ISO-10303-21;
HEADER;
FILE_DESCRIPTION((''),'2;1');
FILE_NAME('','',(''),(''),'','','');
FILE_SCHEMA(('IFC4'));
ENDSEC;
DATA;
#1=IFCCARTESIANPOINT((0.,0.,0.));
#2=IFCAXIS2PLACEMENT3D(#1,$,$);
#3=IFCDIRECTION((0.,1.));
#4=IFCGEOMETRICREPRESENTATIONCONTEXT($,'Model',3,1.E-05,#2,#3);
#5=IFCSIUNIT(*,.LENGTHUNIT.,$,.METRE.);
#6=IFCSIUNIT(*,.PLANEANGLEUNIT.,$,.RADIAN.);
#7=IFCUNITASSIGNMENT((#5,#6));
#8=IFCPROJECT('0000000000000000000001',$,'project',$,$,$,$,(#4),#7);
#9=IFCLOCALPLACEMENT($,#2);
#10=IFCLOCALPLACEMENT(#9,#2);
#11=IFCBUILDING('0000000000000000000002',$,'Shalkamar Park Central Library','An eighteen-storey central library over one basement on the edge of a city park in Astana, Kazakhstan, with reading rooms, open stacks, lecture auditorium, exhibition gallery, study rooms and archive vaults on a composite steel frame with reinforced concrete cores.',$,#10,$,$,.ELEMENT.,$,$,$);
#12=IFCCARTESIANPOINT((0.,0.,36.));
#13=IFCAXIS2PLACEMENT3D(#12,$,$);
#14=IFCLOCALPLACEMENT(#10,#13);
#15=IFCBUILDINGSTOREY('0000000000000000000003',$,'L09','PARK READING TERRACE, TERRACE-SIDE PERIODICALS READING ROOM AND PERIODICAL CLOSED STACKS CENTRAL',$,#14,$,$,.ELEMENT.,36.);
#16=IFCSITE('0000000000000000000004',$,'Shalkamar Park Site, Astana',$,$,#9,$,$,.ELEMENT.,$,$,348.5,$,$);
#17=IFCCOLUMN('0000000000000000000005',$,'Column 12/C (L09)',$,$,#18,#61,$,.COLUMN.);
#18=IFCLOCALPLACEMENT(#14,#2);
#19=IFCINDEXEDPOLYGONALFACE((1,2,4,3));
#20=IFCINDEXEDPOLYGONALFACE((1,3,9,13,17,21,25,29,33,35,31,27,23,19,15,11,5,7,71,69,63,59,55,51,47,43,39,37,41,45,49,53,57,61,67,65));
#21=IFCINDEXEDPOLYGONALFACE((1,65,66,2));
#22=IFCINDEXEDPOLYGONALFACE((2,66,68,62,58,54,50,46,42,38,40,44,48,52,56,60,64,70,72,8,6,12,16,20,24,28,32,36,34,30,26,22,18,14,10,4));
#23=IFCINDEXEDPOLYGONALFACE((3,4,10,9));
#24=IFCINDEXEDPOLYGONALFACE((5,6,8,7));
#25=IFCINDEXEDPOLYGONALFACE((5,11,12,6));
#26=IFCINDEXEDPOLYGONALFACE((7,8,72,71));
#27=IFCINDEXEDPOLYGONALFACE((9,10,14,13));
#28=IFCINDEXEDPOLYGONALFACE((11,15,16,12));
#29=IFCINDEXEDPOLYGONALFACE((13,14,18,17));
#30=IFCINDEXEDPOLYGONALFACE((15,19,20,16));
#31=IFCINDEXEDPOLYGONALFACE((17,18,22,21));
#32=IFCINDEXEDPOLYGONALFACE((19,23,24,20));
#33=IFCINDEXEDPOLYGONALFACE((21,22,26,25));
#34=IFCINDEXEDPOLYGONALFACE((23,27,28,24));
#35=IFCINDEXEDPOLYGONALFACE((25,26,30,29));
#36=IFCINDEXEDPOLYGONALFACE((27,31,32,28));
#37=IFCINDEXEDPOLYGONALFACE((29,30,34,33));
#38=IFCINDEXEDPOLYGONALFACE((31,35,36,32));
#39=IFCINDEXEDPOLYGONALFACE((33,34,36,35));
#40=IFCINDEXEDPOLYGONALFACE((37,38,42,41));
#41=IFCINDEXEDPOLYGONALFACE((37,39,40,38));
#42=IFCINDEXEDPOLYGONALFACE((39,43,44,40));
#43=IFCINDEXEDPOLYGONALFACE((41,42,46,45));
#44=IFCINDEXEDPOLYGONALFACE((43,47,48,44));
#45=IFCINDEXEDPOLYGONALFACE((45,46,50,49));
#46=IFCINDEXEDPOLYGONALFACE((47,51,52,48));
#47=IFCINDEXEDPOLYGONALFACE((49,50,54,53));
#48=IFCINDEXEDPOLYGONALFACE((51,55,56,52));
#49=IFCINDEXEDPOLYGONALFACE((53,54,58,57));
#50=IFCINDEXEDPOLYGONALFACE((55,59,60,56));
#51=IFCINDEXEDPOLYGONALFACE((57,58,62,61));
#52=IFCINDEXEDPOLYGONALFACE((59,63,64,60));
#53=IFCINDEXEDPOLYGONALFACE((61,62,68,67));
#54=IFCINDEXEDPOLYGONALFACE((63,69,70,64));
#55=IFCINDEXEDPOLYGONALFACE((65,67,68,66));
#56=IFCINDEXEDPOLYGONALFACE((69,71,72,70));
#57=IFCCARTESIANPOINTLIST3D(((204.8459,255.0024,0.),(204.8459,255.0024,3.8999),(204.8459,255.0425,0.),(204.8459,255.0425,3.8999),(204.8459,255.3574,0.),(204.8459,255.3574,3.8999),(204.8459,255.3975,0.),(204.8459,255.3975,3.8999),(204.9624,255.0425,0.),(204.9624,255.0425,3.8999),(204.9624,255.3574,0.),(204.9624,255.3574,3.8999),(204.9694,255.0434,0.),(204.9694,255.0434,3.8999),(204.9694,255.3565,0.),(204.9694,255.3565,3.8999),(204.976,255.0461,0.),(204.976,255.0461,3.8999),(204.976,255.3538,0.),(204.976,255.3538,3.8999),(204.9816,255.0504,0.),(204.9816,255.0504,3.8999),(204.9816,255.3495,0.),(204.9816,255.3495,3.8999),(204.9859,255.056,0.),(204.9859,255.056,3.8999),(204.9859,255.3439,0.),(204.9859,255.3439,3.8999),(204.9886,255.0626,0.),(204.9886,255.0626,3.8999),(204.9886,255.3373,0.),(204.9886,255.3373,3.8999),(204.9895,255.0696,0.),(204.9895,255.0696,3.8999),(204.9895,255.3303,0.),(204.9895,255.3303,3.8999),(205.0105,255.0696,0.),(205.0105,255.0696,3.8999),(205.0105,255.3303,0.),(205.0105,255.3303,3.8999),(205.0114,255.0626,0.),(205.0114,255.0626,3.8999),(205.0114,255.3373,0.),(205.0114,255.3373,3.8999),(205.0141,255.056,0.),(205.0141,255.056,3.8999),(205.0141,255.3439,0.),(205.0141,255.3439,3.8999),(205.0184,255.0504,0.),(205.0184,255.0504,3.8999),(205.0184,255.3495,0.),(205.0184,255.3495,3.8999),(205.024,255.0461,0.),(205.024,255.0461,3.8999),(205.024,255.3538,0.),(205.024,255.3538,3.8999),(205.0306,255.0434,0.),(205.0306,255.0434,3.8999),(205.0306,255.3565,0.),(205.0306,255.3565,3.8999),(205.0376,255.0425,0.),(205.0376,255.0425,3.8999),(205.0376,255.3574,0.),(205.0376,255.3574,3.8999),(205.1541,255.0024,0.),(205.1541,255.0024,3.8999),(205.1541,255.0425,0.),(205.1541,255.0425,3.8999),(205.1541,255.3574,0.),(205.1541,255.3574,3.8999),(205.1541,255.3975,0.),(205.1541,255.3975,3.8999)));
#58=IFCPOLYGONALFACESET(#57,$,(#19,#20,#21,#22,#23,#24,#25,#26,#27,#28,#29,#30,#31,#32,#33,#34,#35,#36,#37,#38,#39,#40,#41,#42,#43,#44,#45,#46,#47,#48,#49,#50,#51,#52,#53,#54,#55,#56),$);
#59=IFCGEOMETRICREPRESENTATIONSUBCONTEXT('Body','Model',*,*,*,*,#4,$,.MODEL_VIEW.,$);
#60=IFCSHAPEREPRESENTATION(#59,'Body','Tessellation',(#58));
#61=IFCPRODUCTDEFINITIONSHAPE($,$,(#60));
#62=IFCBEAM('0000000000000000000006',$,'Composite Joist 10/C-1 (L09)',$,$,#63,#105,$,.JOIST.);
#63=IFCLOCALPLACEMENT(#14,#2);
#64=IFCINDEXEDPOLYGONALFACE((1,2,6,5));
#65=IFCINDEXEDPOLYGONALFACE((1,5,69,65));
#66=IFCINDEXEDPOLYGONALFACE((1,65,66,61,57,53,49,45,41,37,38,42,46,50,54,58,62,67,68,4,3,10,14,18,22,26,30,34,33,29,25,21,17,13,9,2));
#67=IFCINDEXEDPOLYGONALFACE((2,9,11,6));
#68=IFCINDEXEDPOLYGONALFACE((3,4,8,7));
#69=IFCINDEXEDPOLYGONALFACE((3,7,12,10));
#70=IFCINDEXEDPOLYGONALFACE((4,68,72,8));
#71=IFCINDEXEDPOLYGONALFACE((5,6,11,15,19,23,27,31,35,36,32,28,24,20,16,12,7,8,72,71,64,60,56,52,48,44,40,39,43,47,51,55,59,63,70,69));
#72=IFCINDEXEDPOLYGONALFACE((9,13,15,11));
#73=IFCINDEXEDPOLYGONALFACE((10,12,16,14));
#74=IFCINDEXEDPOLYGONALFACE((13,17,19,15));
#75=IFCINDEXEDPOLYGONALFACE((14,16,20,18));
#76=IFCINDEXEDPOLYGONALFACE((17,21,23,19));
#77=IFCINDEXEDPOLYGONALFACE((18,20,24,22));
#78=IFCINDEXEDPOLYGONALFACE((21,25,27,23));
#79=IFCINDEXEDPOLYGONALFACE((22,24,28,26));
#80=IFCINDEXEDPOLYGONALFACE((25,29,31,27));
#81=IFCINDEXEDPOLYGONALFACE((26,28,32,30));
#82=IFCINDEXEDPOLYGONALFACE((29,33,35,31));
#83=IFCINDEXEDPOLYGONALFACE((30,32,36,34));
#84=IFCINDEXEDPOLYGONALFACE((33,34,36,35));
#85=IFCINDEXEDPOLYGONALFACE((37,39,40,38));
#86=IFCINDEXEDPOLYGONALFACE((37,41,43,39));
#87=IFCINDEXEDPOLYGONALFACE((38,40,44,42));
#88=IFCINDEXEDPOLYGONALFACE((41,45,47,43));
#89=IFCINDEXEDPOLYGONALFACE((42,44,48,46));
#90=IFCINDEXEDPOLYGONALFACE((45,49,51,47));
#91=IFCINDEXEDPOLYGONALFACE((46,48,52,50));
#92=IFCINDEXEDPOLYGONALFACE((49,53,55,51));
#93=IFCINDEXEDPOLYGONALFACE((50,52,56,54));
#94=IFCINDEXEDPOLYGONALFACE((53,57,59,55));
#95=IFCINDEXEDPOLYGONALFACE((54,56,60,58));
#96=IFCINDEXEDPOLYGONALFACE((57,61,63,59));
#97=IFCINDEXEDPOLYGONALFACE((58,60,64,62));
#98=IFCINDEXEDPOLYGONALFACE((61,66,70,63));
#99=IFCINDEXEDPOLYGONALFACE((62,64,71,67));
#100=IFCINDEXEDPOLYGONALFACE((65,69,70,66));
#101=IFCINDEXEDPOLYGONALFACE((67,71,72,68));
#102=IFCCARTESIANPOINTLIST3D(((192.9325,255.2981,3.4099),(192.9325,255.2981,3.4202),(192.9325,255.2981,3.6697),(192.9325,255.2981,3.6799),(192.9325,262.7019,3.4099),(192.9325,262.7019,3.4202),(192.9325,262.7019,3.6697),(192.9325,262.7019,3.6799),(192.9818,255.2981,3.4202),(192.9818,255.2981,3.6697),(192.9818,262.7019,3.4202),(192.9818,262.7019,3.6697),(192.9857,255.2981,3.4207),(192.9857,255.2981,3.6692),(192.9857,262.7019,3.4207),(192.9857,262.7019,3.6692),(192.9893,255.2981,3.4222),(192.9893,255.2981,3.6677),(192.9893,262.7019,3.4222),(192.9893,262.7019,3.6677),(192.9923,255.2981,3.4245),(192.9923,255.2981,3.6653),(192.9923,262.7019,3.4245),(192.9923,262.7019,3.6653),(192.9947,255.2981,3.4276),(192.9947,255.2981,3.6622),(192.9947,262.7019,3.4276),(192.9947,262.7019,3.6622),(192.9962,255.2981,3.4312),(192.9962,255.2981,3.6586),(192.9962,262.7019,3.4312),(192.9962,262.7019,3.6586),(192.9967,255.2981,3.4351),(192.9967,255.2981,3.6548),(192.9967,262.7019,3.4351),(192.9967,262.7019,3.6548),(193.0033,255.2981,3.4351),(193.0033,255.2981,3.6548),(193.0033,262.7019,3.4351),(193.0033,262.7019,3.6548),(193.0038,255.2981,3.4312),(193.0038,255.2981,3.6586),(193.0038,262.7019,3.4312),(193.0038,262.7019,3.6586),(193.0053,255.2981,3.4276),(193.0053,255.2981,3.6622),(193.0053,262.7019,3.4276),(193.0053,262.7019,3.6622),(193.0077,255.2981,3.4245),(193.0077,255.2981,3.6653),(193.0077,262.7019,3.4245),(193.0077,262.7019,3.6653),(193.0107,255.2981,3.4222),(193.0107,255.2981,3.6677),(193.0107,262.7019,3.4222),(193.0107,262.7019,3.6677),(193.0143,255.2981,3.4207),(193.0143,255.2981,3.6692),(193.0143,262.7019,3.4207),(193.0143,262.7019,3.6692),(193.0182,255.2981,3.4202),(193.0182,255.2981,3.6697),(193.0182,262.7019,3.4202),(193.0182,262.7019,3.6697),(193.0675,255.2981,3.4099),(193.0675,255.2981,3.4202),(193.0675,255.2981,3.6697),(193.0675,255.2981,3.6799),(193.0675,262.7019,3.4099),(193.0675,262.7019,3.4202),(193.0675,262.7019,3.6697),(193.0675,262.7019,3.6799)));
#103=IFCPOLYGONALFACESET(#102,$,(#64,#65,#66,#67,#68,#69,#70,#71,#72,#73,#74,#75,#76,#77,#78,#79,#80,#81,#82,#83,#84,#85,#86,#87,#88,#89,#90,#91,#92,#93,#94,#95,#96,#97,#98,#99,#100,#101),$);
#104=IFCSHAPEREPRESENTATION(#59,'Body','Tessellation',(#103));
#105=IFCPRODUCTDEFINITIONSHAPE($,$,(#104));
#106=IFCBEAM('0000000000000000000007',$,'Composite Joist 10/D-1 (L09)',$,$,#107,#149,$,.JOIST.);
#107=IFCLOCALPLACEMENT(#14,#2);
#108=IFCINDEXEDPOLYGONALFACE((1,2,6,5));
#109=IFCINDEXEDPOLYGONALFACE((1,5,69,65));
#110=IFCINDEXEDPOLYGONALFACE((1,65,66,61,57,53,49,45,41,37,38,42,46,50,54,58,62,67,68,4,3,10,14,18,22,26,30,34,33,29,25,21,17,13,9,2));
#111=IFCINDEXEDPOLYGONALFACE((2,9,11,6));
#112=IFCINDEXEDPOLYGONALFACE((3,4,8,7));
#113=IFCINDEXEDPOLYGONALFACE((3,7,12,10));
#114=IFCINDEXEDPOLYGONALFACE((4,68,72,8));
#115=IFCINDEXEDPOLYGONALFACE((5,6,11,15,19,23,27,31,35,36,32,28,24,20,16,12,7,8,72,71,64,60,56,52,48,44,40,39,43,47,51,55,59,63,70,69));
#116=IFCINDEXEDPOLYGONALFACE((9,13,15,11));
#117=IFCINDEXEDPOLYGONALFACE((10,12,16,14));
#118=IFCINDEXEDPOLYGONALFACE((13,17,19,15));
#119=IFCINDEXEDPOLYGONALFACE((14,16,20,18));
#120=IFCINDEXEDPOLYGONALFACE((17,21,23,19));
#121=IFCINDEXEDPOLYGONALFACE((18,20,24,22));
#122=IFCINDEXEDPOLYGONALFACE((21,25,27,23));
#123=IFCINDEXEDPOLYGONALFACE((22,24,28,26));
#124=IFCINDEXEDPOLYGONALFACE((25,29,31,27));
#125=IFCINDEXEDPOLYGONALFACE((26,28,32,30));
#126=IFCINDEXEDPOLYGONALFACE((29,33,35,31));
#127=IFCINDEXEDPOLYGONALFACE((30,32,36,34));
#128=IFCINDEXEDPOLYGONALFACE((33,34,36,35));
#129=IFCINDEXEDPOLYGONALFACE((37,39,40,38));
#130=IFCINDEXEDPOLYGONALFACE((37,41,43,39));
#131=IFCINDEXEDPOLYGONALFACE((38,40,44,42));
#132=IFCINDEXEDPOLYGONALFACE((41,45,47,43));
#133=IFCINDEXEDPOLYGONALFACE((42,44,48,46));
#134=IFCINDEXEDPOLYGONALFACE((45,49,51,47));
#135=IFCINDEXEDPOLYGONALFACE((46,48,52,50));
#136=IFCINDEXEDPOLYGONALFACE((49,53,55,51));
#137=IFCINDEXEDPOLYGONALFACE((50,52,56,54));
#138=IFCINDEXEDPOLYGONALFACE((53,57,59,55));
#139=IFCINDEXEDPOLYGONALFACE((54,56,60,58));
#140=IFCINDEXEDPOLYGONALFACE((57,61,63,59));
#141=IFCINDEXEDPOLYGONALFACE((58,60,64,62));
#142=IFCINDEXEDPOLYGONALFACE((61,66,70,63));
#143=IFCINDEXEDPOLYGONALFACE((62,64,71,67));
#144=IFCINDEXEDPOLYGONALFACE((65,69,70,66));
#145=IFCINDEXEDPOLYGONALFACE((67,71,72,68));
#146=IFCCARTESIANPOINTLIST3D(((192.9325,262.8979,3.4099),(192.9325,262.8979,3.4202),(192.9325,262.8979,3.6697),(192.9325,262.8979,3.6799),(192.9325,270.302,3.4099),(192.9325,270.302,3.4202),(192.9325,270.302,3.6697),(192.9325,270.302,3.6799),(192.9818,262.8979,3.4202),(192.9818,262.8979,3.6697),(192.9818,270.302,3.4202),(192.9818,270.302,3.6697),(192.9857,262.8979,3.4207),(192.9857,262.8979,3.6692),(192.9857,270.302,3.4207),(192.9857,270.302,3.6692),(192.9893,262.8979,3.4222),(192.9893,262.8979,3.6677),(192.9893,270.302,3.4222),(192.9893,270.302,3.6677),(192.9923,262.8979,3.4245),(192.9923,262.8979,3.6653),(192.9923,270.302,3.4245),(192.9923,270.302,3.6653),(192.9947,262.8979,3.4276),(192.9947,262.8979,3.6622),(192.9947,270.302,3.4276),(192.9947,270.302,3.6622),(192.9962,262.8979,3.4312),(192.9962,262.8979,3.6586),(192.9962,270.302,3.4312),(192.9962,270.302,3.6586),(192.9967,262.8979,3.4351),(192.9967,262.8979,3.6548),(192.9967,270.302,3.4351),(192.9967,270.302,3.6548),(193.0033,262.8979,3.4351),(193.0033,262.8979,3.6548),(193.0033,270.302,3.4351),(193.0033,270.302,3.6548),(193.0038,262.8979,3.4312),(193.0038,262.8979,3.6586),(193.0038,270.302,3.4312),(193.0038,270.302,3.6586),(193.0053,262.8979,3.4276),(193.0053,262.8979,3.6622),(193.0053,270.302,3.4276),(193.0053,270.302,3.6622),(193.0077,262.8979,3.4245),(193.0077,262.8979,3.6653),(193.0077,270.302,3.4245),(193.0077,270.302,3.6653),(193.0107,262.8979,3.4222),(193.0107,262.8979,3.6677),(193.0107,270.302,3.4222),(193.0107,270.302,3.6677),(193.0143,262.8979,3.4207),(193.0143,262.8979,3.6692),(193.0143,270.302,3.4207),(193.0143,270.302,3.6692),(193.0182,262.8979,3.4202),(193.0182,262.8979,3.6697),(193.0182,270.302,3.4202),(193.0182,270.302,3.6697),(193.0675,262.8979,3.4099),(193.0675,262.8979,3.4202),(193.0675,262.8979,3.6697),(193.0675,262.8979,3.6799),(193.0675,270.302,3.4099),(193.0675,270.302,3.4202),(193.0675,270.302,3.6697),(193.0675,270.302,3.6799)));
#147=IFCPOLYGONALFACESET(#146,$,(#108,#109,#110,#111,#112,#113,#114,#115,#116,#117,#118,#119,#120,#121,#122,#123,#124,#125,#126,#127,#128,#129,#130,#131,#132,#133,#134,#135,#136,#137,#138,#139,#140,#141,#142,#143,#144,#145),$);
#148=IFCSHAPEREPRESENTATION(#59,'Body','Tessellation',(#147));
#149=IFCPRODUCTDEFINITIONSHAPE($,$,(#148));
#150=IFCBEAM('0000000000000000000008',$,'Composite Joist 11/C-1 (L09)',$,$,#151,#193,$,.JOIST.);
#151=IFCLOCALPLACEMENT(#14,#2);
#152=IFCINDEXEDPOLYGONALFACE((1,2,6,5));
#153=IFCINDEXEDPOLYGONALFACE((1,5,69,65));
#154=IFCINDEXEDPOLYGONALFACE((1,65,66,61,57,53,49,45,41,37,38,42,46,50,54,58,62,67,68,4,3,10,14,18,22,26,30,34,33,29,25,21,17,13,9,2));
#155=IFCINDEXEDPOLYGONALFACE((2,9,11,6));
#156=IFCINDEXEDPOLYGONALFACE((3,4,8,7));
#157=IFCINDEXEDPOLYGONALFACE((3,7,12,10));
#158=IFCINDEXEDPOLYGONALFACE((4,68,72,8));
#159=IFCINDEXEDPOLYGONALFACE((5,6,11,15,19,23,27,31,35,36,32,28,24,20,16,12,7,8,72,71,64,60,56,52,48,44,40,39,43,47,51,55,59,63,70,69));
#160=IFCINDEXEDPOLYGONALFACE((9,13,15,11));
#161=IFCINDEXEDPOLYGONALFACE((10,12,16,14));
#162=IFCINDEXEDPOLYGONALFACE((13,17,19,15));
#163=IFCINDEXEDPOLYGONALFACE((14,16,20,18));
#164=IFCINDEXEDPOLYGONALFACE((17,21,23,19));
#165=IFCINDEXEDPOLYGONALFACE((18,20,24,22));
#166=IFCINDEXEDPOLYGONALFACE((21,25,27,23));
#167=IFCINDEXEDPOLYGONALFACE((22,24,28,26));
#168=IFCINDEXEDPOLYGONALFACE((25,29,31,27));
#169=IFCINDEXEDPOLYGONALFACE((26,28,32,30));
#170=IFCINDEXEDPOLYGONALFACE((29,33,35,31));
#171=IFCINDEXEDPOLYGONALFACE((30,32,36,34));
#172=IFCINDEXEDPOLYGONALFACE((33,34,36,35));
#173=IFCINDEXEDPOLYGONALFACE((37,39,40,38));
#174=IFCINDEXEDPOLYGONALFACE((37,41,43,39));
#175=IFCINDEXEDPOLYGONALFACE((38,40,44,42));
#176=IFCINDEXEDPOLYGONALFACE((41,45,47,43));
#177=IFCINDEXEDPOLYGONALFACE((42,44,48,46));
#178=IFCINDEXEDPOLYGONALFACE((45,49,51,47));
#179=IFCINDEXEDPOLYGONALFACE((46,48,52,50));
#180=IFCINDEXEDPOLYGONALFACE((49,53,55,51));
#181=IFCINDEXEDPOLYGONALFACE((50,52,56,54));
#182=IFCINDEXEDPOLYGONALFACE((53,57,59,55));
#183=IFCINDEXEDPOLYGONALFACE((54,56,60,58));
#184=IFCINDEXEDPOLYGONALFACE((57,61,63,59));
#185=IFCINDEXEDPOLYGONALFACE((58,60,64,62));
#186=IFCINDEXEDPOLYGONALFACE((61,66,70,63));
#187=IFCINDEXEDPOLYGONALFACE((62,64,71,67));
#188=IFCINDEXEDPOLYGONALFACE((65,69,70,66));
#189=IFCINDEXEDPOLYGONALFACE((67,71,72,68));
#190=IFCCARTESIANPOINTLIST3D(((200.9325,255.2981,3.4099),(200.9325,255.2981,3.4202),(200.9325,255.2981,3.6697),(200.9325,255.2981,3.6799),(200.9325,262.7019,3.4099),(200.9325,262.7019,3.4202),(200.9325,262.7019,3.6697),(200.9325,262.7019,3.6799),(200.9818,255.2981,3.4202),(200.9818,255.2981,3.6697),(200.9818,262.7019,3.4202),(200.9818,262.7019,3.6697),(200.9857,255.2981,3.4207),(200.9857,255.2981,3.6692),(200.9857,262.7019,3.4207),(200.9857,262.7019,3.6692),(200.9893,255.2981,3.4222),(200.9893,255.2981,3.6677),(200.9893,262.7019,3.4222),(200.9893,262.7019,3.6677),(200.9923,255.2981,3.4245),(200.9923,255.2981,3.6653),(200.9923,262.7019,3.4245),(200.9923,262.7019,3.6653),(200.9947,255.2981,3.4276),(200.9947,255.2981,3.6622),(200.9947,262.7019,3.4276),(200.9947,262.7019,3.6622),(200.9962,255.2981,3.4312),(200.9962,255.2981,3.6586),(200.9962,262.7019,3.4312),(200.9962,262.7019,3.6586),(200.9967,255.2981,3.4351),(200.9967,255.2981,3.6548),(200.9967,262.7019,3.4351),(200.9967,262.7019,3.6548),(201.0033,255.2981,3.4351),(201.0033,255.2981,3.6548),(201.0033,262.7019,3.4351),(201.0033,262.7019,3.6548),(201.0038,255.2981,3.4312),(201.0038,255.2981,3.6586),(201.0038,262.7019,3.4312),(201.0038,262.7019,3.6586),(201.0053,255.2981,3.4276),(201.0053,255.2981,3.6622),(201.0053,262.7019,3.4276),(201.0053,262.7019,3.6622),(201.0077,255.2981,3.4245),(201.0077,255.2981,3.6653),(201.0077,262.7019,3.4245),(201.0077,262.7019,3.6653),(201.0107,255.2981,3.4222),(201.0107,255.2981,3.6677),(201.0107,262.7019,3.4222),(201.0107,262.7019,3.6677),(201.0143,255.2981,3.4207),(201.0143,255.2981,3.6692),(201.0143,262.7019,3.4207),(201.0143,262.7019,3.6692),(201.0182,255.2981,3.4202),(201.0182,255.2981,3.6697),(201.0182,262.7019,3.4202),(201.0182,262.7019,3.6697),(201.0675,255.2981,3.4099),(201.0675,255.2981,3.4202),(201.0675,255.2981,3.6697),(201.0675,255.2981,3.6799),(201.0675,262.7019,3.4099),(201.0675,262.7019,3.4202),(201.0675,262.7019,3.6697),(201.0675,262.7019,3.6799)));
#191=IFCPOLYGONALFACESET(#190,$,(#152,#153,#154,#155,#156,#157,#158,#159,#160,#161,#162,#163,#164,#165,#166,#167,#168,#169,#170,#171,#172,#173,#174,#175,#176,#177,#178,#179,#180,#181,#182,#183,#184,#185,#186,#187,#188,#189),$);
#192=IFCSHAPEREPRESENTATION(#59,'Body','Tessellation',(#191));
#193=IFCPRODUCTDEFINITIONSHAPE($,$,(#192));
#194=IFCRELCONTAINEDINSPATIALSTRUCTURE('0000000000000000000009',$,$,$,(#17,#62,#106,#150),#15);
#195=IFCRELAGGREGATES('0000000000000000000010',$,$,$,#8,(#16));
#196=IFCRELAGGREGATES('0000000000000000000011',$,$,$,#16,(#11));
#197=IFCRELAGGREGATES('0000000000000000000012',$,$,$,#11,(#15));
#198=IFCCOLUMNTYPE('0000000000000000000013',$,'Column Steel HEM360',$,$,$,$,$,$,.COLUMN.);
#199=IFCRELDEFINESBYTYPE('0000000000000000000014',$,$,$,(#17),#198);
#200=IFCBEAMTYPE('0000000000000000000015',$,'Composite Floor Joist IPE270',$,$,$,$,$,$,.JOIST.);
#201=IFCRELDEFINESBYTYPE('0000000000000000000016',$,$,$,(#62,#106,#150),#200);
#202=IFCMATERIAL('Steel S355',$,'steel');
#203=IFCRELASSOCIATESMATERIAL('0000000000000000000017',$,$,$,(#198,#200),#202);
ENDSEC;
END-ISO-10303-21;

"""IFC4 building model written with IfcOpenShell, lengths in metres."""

from ifc_helpers import new_model, si_unit, direction, frame, origin, origin_2d, place, context, subcontext, project, spatial, i_section, extrude, material, material_profile, profile_set, type_object, element, save


model = new_model("IFC4")

# Units and contexts
model_context = context("Model", 3, precision=1e-05, world=origin(), true_north=direction((0.0, 1.0)))
body_context = subcontext(model_context, "Body", "Model", "MODEL_VIEW")
ifc_project = project(units=[si_unit("LENGTHUNIT", "METRE"), si_unit("PLANEANGLEUNIT", "RADIAN")], contexts=[model_context])

# Site, building, storey
site_placement = place(None, origin())
site = spatial("IfcSite", under=ifc_project, at=site_placement, Name="Shalkamar Park Site, Astana", CompositionType="ELEMENT", RefElevation=348.5)
building_placement = place(site_placement, origin())
building = spatial("IfcBuilding", under=site, at=building_placement, Name="Shalkamar Park Central Library", Description="An eighteen-storey central library over one basement on the edge of a city park in Astana, Kazakhstan, with reading rooms, open stacks, lecture auditorium, exhibition gallery, study rooms and archive vaults on a composite steel frame with reinforced concrete cores.", CompositionType="ELEMENT")
storey_placement = place(building_placement, frame((0.0, 0.0, 36.0)))
storey = spatial("IfcBuildingStorey", under=building, at=storey_placement, Name="L09", Description="PARK READING TERRACE, TERRACE-SIDE PERIODICALS READING ROOM AND PERIODICAL CLOSED STACKS CENTRAL", CompositionType="ELEMENT", Elevation=36.0)

# Column
ifc_material_1 = material(Name="Steel S355", Category="steel")
ifc_material_profile_1 = material_profile(ifc_material_1, i_section(OverallWidth=0.3081, OverallDepth=0.395, WebThickness=0.021, FlangeThickness=0.04, FilletRadius=0.0271, at=origin_2d()), Name="HEM 360")
ifc_profile_set_1 = profile_set([ifc_material_profile_1], Name="Steel S355")
column_type_1 = type_object("IfcColumnType", Name="Column Steel HEM360", PredefinedType="COLUMN", material=ifc_profile_set_1)
for number, where, z_axis, x_axis, name in (
    (1, (205.0, 255.2, 0.0), (0.0, 0.0, 1.0), (1.0, 0.0, 0.0), "Column 12/C (L09)"),
):
    element("IfcColumn", number, at=place(storey_placement, frame(where, z_axis=z_axis, x_axis=x_axis)), inside=storey, type_object=column_type_1, Name=name, PredefinedType="COLUMN", context=body_context, shape_type="SweptSolid", body=[
        extrude(i_section(OverallWidth=0.3081, OverallDepth=0.395, WebThickness=0.021, FlangeThickness=0.04, FilletRadius=0.0271, at=origin_2d()), origin(), (0.0, 0.0, 1.0), 3.8999),
    ])

# Beams
ifc_material_profile_2 = material_profile(ifc_material_1, i_section(OverallWidth=0.135, OverallDepth=0.27, WebThickness=0.0066, FlangeThickness=0.0103, FilletRadius=0.0149, at=origin_2d()), Name="IPE 270")
ifc_profile_set_2 = profile_set([ifc_material_profile_2], Name="Steel S355")
beam_type_1 = type_object("IfcBeamType", Name="Composite Floor Joist IPE270", PredefinedType="JOIST", material=ifc_profile_set_2)
beam_1_placement = place(storey_placement, frame((193.0, 255.2981, 3.5449), z_axis=(0.0, 1.0, 0.0), x_axis=(-1.0, 0.0, 0.0)))
element("IfcBeam", 2, at=beam_1_placement, inside=storey, type_object=beam_type_1, Name="Composite Joist 10/C-1 (L09)", PredefinedType="JOIST", context=body_context, shape_type="SweptSolid", body=[
    extrude(i_section(OverallWidth=0.135, OverallDepth=0.27, WebThickness=0.0066, FlangeThickness=0.0103, FilletRadius=0.0149, at=origin_2d()), origin(), (0.0, 0.0, 1.0), 7.4038),
])
beam_2_placement = place(storey_placement, frame((193.0, 262.8979, 3.5449), z_axis=(0.0, 1.0, 0.0), x_axis=(-1.0, 0.0, 0.0)))
element("IfcBeam", 3, at=beam_2_placement, inside=storey, type_object=beam_type_1, Name="Composite Joist 10/D-1 (L09)", PredefinedType="JOIST", context=body_context, shape_type="SweptSolid", body=[
    extrude(i_section(OverallWidth=0.135, OverallDepth=0.27, WebThickness=0.0066, FlangeThickness=0.0103, FilletRadius=0.0149, at=origin_2d()), origin(), (0.0, 0.0, 1.0), 7.4041),
])
beam_3_placement = place(storey_placement, frame((201.0, 255.2981, 3.5449), z_axis=(0.0, 1.0, 0.0), x_axis=(-1.0, 0.0, 0.0)))
element("IfcBeam", 4, at=beam_3_placement, inside=storey, type_object=beam_type_1, Name="Composite Joist 11/C-1 (L09)", PredefinedType="JOIST", context=body_context, shape_type="SweptSolid", body=[
    extrude(i_section(OverallWidth=0.135, OverallDepth=0.27, WebThickness=0.0066, FlangeThickness=0.0103, FilletRadius=0.0149, at=origin_2d()), origin(), (0.0, 0.0, 1.0), 7.4038),
])

save(model, "model.ifc")
